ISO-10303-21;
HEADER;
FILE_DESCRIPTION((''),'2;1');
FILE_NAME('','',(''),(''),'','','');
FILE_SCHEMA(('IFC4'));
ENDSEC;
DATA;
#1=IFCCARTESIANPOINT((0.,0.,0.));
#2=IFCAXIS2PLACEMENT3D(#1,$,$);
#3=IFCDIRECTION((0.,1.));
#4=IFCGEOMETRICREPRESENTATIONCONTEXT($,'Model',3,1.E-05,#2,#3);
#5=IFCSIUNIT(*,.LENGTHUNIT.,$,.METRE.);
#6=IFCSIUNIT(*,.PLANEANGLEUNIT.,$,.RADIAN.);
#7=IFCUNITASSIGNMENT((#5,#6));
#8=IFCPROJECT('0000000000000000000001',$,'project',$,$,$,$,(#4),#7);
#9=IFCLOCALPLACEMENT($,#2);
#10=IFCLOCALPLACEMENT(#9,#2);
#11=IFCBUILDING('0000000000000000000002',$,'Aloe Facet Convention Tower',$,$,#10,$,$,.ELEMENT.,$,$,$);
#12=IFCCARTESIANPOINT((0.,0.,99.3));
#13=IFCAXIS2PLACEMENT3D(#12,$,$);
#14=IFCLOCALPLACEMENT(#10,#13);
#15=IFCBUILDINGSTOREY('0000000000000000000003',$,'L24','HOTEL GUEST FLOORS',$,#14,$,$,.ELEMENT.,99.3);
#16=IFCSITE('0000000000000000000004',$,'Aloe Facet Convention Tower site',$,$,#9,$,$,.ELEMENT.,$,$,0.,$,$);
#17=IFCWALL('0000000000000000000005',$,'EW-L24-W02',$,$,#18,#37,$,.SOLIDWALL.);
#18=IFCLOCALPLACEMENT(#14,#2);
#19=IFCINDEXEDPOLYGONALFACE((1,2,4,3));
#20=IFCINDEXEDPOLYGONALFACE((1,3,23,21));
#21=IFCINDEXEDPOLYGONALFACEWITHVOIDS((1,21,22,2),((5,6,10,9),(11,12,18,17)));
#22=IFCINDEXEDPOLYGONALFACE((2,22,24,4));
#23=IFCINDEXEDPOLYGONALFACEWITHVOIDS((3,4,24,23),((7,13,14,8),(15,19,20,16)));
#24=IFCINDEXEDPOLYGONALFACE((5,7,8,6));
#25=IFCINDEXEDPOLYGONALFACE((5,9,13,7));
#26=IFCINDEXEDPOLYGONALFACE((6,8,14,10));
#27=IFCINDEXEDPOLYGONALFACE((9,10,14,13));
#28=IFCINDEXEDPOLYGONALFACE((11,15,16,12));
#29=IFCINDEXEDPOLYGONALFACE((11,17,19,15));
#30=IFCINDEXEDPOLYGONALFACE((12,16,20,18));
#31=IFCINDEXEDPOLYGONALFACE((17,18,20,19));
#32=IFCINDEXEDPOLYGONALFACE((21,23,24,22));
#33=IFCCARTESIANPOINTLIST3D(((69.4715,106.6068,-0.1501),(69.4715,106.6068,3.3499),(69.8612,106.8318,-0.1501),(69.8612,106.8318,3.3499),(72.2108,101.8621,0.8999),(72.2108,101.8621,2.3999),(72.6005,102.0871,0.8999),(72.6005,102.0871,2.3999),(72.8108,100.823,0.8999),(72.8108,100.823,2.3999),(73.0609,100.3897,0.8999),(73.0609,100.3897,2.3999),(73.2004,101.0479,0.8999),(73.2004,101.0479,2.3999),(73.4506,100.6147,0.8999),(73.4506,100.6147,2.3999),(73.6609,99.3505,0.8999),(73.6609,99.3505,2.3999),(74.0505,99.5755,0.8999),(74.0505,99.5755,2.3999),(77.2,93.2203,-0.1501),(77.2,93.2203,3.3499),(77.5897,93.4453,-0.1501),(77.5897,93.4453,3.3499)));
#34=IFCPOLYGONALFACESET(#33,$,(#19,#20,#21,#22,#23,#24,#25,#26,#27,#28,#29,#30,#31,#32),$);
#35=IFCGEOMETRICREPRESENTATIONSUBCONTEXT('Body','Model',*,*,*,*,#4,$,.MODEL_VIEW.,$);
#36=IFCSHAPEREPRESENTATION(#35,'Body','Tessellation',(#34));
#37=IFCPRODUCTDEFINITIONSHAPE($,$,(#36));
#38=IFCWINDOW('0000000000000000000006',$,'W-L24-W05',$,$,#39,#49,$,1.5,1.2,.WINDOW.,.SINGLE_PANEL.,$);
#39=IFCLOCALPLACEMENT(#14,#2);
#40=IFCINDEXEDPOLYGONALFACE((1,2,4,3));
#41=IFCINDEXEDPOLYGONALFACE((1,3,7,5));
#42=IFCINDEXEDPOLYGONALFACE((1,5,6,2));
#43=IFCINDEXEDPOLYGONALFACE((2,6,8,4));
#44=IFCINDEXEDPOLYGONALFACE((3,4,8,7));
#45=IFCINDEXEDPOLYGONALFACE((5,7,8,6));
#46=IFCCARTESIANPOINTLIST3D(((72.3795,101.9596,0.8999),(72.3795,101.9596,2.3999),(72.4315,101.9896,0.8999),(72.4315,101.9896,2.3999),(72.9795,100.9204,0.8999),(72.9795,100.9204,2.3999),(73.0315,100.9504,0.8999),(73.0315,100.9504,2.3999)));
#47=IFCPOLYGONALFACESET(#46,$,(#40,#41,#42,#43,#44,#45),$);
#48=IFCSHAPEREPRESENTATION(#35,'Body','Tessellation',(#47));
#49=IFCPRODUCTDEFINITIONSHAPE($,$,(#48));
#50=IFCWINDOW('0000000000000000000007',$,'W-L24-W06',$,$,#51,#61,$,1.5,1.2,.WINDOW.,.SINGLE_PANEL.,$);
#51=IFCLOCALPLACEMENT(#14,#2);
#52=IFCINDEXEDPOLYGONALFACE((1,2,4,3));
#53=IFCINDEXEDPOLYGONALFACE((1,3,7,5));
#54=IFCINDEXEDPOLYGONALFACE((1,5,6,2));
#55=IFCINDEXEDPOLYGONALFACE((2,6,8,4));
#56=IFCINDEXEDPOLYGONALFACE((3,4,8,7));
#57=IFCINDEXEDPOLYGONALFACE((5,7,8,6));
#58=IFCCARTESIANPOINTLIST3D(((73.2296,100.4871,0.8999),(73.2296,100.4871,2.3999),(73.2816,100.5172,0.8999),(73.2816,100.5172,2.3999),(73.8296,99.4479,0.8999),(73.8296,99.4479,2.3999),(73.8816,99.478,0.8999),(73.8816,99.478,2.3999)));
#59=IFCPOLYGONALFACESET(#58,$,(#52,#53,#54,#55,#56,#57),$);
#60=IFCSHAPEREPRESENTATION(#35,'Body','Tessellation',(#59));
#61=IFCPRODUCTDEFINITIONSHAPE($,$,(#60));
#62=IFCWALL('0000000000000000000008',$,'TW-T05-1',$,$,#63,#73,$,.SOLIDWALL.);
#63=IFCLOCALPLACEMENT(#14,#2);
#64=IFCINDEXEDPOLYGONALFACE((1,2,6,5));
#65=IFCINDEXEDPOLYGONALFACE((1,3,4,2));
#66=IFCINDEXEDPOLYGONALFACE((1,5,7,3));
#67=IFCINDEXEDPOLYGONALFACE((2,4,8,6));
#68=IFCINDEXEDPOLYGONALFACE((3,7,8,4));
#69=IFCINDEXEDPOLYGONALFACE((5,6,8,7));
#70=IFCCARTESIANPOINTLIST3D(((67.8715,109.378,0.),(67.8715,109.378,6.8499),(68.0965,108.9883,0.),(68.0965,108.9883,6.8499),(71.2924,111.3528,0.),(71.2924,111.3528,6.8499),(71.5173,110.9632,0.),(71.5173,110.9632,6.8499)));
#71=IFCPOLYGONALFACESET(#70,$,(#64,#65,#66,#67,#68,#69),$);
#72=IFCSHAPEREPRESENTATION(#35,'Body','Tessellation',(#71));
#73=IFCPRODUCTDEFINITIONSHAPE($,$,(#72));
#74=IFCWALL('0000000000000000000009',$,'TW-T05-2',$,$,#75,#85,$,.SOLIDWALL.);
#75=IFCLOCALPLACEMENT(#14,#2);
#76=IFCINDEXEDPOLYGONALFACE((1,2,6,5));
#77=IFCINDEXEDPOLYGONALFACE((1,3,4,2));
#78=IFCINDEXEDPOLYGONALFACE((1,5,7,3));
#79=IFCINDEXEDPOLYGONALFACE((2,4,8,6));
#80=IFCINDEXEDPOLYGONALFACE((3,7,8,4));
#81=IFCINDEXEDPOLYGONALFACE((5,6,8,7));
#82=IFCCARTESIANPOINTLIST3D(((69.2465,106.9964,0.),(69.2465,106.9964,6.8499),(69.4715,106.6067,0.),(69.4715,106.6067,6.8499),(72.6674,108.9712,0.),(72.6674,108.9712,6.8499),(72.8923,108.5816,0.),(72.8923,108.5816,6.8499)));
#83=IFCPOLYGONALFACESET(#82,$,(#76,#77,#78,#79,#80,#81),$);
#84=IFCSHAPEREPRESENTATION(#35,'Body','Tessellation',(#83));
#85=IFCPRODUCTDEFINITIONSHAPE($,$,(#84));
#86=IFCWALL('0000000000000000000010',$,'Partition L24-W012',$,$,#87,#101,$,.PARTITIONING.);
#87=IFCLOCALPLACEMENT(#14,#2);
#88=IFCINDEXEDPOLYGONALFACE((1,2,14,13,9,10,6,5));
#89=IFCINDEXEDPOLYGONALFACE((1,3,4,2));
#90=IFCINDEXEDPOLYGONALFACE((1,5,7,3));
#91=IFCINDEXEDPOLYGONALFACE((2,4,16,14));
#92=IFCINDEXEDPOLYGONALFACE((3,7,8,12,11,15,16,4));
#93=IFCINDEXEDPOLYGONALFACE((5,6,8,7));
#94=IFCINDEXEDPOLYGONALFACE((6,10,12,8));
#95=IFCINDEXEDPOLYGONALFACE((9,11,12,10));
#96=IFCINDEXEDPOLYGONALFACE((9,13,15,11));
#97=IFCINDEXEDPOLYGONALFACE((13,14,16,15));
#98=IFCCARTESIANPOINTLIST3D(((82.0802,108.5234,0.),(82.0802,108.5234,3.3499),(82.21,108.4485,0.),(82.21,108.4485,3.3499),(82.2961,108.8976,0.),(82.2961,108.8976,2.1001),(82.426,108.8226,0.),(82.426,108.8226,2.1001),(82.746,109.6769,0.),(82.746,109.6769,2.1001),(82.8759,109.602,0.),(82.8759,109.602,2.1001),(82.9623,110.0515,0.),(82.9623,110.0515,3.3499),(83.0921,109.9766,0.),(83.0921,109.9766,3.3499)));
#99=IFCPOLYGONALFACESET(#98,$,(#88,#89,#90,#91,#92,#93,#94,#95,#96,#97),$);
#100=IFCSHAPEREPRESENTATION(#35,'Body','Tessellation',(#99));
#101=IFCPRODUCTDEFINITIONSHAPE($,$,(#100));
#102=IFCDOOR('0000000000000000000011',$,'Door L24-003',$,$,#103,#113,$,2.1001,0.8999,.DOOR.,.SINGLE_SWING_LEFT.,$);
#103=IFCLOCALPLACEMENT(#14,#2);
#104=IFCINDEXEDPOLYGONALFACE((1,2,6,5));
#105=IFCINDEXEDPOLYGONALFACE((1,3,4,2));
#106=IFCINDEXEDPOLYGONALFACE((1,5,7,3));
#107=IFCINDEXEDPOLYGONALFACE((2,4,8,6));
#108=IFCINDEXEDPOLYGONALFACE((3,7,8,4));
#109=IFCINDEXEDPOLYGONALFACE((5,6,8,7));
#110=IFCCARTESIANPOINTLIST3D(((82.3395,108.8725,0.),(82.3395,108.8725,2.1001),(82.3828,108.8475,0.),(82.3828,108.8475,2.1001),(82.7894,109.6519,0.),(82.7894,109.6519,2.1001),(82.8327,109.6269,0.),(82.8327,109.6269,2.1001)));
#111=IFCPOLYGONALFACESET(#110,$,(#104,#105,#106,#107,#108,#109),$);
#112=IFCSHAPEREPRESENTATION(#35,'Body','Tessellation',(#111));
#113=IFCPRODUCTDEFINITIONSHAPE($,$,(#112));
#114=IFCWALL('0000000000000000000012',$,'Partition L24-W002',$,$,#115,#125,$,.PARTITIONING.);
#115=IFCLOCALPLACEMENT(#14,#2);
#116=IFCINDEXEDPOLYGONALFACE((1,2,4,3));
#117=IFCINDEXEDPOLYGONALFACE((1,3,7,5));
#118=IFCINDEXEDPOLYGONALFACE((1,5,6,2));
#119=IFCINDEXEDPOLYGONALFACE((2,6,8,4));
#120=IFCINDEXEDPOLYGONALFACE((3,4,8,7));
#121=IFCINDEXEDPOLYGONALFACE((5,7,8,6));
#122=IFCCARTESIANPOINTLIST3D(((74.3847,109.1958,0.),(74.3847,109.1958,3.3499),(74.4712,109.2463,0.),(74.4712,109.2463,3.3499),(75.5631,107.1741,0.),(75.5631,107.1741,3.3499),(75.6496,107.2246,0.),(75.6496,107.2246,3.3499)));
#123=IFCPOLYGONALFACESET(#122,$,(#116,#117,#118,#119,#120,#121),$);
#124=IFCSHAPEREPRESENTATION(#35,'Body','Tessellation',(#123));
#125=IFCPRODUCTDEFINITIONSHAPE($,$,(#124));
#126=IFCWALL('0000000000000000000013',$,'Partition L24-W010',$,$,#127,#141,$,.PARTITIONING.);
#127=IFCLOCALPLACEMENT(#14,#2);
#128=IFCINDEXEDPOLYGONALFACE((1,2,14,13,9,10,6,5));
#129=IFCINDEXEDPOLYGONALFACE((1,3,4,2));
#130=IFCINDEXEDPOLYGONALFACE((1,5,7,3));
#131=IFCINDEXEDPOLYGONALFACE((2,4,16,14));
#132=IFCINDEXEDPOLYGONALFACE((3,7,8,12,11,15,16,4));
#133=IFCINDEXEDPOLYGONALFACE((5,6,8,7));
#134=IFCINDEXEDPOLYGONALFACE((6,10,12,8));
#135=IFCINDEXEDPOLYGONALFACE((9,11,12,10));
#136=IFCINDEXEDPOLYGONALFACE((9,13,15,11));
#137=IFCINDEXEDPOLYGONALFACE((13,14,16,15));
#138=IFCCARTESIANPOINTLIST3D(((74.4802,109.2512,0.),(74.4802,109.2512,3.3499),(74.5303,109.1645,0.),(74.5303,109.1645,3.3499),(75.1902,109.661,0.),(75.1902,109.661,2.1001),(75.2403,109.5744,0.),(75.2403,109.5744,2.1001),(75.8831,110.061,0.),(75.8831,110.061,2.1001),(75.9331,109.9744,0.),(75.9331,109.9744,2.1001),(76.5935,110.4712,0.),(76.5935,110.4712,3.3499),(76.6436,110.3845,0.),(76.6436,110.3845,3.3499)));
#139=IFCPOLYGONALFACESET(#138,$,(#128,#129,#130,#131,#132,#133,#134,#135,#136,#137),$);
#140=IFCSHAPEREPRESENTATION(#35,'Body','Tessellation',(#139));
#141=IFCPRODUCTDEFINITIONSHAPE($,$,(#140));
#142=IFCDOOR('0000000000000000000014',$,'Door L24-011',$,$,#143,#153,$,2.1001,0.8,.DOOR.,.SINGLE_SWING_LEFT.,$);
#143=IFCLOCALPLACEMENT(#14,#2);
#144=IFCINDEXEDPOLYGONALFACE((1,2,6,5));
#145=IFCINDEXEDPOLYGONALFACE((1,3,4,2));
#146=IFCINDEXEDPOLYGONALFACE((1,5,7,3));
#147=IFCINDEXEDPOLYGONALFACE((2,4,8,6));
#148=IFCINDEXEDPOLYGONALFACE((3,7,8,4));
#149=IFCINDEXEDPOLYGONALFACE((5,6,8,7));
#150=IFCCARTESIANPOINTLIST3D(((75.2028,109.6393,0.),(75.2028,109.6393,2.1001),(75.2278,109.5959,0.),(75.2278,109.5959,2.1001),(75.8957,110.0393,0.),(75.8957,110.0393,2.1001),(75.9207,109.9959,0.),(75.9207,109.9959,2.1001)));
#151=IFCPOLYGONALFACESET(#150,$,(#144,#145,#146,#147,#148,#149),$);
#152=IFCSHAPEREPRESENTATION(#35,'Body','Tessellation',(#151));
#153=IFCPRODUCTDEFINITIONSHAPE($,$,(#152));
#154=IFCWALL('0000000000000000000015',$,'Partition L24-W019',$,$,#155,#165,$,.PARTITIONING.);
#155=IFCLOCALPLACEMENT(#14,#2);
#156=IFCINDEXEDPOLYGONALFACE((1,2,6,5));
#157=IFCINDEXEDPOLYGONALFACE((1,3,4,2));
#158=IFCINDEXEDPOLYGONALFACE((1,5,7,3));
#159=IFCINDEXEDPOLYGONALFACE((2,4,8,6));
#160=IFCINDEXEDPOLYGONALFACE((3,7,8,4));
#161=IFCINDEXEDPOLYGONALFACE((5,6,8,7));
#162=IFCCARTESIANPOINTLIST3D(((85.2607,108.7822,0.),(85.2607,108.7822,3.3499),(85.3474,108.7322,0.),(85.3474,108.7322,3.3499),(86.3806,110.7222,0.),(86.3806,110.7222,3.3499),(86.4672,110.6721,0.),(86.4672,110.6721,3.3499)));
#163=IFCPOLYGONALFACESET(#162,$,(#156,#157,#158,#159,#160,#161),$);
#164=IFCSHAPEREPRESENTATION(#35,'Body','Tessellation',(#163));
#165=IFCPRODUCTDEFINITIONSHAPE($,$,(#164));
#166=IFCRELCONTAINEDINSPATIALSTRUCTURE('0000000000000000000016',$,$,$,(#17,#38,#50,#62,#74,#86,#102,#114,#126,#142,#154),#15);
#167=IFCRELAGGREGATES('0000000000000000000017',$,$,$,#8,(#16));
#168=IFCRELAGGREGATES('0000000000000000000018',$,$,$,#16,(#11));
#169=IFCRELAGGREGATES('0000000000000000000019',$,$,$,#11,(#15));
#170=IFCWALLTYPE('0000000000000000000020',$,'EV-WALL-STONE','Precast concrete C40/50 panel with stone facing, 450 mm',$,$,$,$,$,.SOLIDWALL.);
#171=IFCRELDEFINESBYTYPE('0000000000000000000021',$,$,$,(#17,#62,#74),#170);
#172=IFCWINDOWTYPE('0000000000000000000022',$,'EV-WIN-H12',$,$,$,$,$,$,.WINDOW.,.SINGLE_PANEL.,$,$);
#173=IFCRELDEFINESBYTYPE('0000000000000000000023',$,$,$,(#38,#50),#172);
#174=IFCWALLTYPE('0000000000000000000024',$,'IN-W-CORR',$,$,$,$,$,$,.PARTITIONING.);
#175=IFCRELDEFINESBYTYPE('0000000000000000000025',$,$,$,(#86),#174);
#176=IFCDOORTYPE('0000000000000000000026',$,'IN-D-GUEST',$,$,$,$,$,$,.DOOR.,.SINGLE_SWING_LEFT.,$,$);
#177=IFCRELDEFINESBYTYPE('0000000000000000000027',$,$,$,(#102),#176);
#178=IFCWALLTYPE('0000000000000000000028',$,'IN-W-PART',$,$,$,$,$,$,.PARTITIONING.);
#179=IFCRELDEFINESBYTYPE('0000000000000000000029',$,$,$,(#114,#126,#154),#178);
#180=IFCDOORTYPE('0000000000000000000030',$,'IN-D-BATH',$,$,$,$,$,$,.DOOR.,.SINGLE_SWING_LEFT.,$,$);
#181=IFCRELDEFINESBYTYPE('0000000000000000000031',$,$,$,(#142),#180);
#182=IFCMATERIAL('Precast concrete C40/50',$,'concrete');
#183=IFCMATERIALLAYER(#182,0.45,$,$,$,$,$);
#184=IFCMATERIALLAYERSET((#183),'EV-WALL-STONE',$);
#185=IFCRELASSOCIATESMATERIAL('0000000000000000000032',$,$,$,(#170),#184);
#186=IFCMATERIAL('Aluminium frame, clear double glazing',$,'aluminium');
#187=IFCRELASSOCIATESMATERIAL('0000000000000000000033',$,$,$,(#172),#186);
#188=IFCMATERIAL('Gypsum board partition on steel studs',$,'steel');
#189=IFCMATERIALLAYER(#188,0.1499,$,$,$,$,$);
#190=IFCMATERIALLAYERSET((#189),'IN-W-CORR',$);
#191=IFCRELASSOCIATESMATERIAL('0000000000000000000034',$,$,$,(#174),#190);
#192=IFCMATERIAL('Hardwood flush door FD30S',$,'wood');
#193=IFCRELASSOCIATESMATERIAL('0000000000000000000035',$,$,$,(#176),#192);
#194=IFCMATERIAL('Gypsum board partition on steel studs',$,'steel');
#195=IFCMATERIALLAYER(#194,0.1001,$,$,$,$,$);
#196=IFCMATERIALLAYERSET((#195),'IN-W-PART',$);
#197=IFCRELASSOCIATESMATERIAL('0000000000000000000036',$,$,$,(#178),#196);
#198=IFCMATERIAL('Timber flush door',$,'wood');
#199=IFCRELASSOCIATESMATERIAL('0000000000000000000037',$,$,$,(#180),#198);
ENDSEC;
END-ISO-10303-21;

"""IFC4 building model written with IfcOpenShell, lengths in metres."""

from ifc_helpers import new_model, si_unit, direction, frame, frame_2d, origin, place, context, subcontext, project, spatial, polyline, rectangle, outline, extrude, material, layer, layer_set, type_object, element, fill, save


model = new_model("IFC4")

# Units and contexts
model_context = context("Model", 3, precision=1e-05, world=origin(), true_north=direction((0.0, 1.0)))
body_context = subcontext(model_context, "Body", "Model", "MODEL_VIEW")
ifc_project = project(units=[si_unit("LENGTHUNIT", "METRE"), si_unit("PLANEANGLEUNIT", "RADIAN")], contexts=[model_context])

# Site, building, storey
site_placement = place(None, origin())
site = spatial("IfcSite", under=ifc_project, at=site_placement, Name="Aloe Facet Convention Tower site", CompositionType="ELEMENT", RefElevation=0.0)
building_placement = place(site_placement, origin())
building = spatial("IfcBuilding", under=site, at=building_placement, Name="Aloe Facet Convention Tower", CompositionType="ELEMENT")
storey_placement = place(building_placement, frame((0.0, 0.0, 99.3)))
storey = spatial("IfcBuildingStorey", under=building, at=storey_placement, Name="L24", Description="HOTEL GUEST FLOORS", CompositionType="ELEMENT", Elevation=99.3)

# Wall, openings, windows
ifc_material_1 = material(Name="Precast concrete C40/50", Category="concrete")
ifc_layer_1 = layer(ifc_material_1, 0.45)
ifc_layer_set_1 = layer_set([ifc_layer_1], Name="EV-WALL-STONE")
wall_type_1 = type_object("IfcWallType", Name="EV-WALL-STONE", Description="Precast concrete C40/50 panel with stone facing, 450 mm", PredefinedType="SOLIDWALL", material=ifc_layer_set_1)
wall_1_placement = place(storey_placement, frame((69.6663, 106.7192, -0.1501), z_axis=(0.0, 0.0, 1.0), x_axis=(0.499992, -0.86603, 0.0)))
wall_1 = element("IfcWall", 1, at=wall_1_placement, inside=storey, type_object=wall_type_1, Name="EW-L24-W02", PredefinedType="SOLIDWALL", context=body_context, shape_type="SweptSolid", body=[
    extrude(outline(polyline([(15.4573, 3.5), (15.4573, 0.0), (0.0, 0.0), (0.0, 3.5), (15.4573, 3.5)])), frame((0.0, 0.2251, 0.0), z_axis=(0.0, -1.0, 0.0), x_axis=(1.0, 0.0, 0.0)), (0.0, 0.0, 1.0), 0.45),
])
opening_1_placement = place(wall_1_placement, frame((5.4785, 0.0, 1.05)))
opening_1 = element("IfcOpeningElement", 2, at=opening_1_placement, cuts=wall_1, PredefinedType="OPENING", context=body_context, shape_type="SweptSolid", body=[
    extrude(rectangle(XDim=1.2, YDim=1.5, at=frame_2d((0.6001, 0.75))), frame((0.0, 0.2349, 0.0), z_axis=(0.0, -1.0, 0.0), x_axis=(1.0, 0.0, 0.0)), (0.0, 0.0, 1.0), 0.47),
])
opening_2_placement = place(wall_1_placement, frame((7.1787, 0.0, 1.05)))
opening_2 = element("IfcOpeningElement", 3, at=opening_2_placement, cuts=wall_1, PredefinedType="OPENING", context=body_context, shape_type="SweptSolid", body=[
    extrude(rectangle(XDim=1.2, YDim=1.5, at=frame_2d((0.6001, 0.75))), frame((0.0, 0.2349, 0.0), z_axis=(0.0, -1.0, 0.0), x_axis=(1.0, 0.0, 0.0)), (0.0, 0.0, 1.0), 0.47),
])
ifc_material_2 = material(Name="Aluminium frame, clear double glazing", Category="aluminium")
window_type = type_object("IfcWindowType", Name="EV-WIN-H12", PartitioningType="SINGLE_PANEL", PredefinedType="WINDOW", material=ifc_material_2)
window_1_placement = place(opening_1_placement, origin())
window_1 = element("IfcWindow", 4, at=window_1_placement, inside=storey, type_object=window_type, Name="W-L24-W05", OverallHeight=1.5, OverallWidth=1.2, PartitioningType="SINGLE_PANEL", PredefinedType="WINDOW", context=body_context, shape_type="SweptSolid", body=[
    extrude(rectangle(XDim=1.2, YDim=1.5, at=frame_2d((0.6001, 0.75))), frame((0.0, 0.03, 0.0), z_axis=(0.0, -1.0, 0.0), x_axis=(1.0, 0.0, 0.0)), (0.0, 0.0, 1.0), 0.0601),
])
fill(opening_1, window_1)
window_2_placement = place(opening_2_placement, origin())
window_2 = element("IfcWindow", 5, at=window_2_placement, inside=storey, type_object=window_type, Name="W-L24-W06", OverallHeight=1.5, OverallWidth=1.2, PartitioningType="SINGLE_PANEL", PredefinedType="WINDOW", context=body_context, shape_type="SweptSolid", body=[
    extrude(rectangle(XDim=1.2, YDim=1.5, at=frame_2d((0.6001, 0.75))), frame((0.0, 0.03, 0.0), z_axis=(0.0, -1.0, 0.0), x_axis=(1.0, 0.0, 0.0)), (0.0, 0.0, 1.0), 0.0601),
])
fill(opening_2, window_2)

# Walls
for number, where, z_axis, x_axis, name in (
    (6, (67.9839, 109.1831, 0.0), (0.0, 0.0, 1.0), (0.866048, 0.499961, 0.0), "TW-T05-1"),
    (7, (69.3589, 106.8015, 0.0), (0.0, 0.0, 1.0), (0.866048, 0.499961, 0.0), "TW-T05-2"),
):
    element("IfcWall", number, at=place(storey_placement, frame(where, z_axis=z_axis, x_axis=x_axis)), inside=storey, type_object=wall_type_1, Name=name, PredefinedType="SOLIDWALL", context=body_context, shape_type="SweptSolid", body=[
        extrude(rectangle(XDim=3.95, YDim=0.45, at=frame_2d((1.9751, 0.0))), origin(), (0.0, 0.0, 1.0), 6.8499),
    ])

# Wall, opening, door
ifc_material_3 = material(Name="Gypsum board partition on steel studs", Category="steel")
ifc_layer_2 = layer(ifc_material_3, 0.1499)
ifc_layer_set_2 = layer_set([ifc_layer_2], Name="IN-W-CORR")
wall_type_2 = type_object("IfcWallType", Name="IN-W-CORR", PredefinedType="PARTITIONING", material=ifc_layer_set_2)
wall_2_placement = place(storey_placement, frame((82.145, 108.4858, 0.0), z_axis=(0.0, 0.0, 1.0), x_axis=(0.499934, 0.866063, 0.0)))
wall_2 = element("IfcWall", 8, at=wall_2_placement, inside=storey, type_object=wall_type_2, Name="Partition L24-W012", PredefinedType="PARTITIONING", context=body_context, shape_type="SweptSolid", body=[
    extrude(rectangle(XDim=1.7644, YDim=0.1499, at=frame_2d((0.8823, 0.0))), origin(), (0.0, 0.0, 1.0), 3.3499),
])
opening_3_placement = place(wall_2_placement, frame((0.4321, 0.0, 0.0)))
opening_3 = element("IfcOpeningElement", 9, at=opening_3_placement, cuts=wall_2, PredefinedType="OPENING", context=body_context, shape_type="SweptSolid", body=[
    extrude(rectangle(XDim=0.8999, YDim=2.1001, at=frame_2d((0.45, 1.05))), frame((0.0, 0.085, 0.0), z_axis=(0.0, -1.0, 0.0), x_axis=(1.0, 0.0, 0.0)), (0.0, 0.0, 1.0), 0.1699),
])
ifc_material_4 = material(Name="Hardwood flush door FD30S", Category="wood")
door_type_1 = type_object("IfcDoorType", Name="IN-D-GUEST", OperationType="SINGLE_SWING_LEFT", PredefinedType="DOOR", material=ifc_material_4)
door_1_placement = place(opening_3_placement, origin())
door_1 = element("IfcDoor", 10, at=door_1_placement, inside=storey, type_object=door_type_1, Name="Door L24-003", OperationType="SINGLE_SWING_LEFT", OverallHeight=2.1001, OverallWidth=0.8999, PredefinedType="DOOR", context=body_context, shape_type="SweptSolid", body=[
    extrude(rectangle(XDim=0.8999, YDim=2.1001, at=frame_2d((0.45, 1.05))), frame((0.0, 0.0249, 0.0), z_axis=(0.0, -1.0, 0.0), x_axis=(1.0, 0.0, 0.0)), (0.0, 0.0, 1.0), 0.05),
])
fill(opening_3, door_1)

# Wall
ifc_material_5 = material(Name="Gypsum board partition on steel studs", Category="steel")
ifc_layer_3 = layer(ifc_material_5, 0.1001)
ifc_layer_set_3 = layer_set([ifc_layer_3], Name="IN-W-PART")
wall_type_3 = type_object("IfcWallType", Name="IN-W-PART", PredefinedType="PARTITIONING", material=ifc_layer_set_3)
wall_3_placement = place(storey_placement, frame((74.428, 109.2209, 0.0), z_axis=(0.0, 0.0, 1.0), x_axis=(0.503592, -0.863942, 0.0)))
element("IfcWall", 11, at=wall_3_placement, inside=storey, type_object=wall_type_3, Name="Partition L24-W002", PredefinedType="PARTITIONING", context=body_context, shape_type="SweptSolid", body=[
    extrude(rectangle(XDim=2.3401, YDim=0.1001, at=frame_2d((1.1699, 0.0))), origin(), (0.0, 0.0, 1.0), 3.3499),
])

# Wall, opening, door
wall_4_placement = place(storey_placement, frame((74.5051, 109.2078, 0.0), z_axis=(0.0, 0.0, 1.0), x_axis=(0.866049, 0.499959, 0.0)))
wall_4 = element("IfcWall", 12, at=wall_4_placement, inside=storey, type_object=wall_type_3, Name="Partition L24-W010", PredefinedType="PARTITIONING", context=body_context, shape_type="SweptSolid", body=[
    extrude(rectangle(XDim=2.4402, YDim=0.1001, at=frame_2d((1.2202, 0.0))), origin(), (0.0, 0.0, 1.0), 3.3499),
])
opening_4_placement = place(wall_4_placement, frame((0.8201, 0.0, 0.0)))
opening_4 = element("IfcOpeningElement", 13, at=opening_4_placement, cuts=wall_4, PredefinedType="OPENING", context=body_context, shape_type="SweptSolid", body=[
    extrude(rectangle(XDim=0.8, YDim=2.1001, at=frame_2d((0.3999, 1.05))), frame((0.0, 0.0601, 0.0), z_axis=(0.0, -1.0, 0.0), x_axis=(1.0, 0.0, 0.0)), (0.0, 0.0, 1.0), 0.1201),
])
ifc_material_6 = material(Name="Timber flush door", Category="wood")
door_type_2 = type_object("IfcDoorType", Name="IN-D-BATH", OperationType="SINGLE_SWING_LEFT", PredefinedType="DOOR", material=ifc_material_6)
door_2_placement = place(opening_4_placement, origin())
door_2 = element("IfcDoor", 14, at=door_2_placement, inside=storey, type_object=door_type_2, Name="Door L24-011", OperationType="SINGLE_SWING_LEFT", OverallHeight=2.1001, OverallWidth=0.8, PredefinedType="DOOR", context=body_context, shape_type="SweptSolid", body=[
    extrude(rectangle(XDim=0.8, YDim=2.1001, at=frame_2d((0.3999, 1.05))), frame((0.0, 0.0249, 0.0), z_axis=(0.0, -1.0, 0.0), x_axis=(1.0, 0.0, 0.0)), (0.0, 0.0, 1.0), 0.05),
])
fill(opening_4, door_2)

# Wall
wall_5_placement = place(storey_placement, frame((85.304, 108.7571, 0.0), z_axis=(0.0, 0.0, 1.0), x_axis=(0.499949, 0.866055, 0.0)))
element("IfcWall", 15, at=wall_5_placement, inside=storey, type_object=wall_type_3, Name="Partition L24-W019", PredefinedType="PARTITIONING", context=body_context, shape_type="SweptSolid", body=[
    extrude(rectangle(XDim=2.24, YDim=0.1001, at=frame_2d((1.1201, 0.0))), origin(), (0.0, 0.0, 1.0), 3.3499),
])

save(model, "model.ifc")
